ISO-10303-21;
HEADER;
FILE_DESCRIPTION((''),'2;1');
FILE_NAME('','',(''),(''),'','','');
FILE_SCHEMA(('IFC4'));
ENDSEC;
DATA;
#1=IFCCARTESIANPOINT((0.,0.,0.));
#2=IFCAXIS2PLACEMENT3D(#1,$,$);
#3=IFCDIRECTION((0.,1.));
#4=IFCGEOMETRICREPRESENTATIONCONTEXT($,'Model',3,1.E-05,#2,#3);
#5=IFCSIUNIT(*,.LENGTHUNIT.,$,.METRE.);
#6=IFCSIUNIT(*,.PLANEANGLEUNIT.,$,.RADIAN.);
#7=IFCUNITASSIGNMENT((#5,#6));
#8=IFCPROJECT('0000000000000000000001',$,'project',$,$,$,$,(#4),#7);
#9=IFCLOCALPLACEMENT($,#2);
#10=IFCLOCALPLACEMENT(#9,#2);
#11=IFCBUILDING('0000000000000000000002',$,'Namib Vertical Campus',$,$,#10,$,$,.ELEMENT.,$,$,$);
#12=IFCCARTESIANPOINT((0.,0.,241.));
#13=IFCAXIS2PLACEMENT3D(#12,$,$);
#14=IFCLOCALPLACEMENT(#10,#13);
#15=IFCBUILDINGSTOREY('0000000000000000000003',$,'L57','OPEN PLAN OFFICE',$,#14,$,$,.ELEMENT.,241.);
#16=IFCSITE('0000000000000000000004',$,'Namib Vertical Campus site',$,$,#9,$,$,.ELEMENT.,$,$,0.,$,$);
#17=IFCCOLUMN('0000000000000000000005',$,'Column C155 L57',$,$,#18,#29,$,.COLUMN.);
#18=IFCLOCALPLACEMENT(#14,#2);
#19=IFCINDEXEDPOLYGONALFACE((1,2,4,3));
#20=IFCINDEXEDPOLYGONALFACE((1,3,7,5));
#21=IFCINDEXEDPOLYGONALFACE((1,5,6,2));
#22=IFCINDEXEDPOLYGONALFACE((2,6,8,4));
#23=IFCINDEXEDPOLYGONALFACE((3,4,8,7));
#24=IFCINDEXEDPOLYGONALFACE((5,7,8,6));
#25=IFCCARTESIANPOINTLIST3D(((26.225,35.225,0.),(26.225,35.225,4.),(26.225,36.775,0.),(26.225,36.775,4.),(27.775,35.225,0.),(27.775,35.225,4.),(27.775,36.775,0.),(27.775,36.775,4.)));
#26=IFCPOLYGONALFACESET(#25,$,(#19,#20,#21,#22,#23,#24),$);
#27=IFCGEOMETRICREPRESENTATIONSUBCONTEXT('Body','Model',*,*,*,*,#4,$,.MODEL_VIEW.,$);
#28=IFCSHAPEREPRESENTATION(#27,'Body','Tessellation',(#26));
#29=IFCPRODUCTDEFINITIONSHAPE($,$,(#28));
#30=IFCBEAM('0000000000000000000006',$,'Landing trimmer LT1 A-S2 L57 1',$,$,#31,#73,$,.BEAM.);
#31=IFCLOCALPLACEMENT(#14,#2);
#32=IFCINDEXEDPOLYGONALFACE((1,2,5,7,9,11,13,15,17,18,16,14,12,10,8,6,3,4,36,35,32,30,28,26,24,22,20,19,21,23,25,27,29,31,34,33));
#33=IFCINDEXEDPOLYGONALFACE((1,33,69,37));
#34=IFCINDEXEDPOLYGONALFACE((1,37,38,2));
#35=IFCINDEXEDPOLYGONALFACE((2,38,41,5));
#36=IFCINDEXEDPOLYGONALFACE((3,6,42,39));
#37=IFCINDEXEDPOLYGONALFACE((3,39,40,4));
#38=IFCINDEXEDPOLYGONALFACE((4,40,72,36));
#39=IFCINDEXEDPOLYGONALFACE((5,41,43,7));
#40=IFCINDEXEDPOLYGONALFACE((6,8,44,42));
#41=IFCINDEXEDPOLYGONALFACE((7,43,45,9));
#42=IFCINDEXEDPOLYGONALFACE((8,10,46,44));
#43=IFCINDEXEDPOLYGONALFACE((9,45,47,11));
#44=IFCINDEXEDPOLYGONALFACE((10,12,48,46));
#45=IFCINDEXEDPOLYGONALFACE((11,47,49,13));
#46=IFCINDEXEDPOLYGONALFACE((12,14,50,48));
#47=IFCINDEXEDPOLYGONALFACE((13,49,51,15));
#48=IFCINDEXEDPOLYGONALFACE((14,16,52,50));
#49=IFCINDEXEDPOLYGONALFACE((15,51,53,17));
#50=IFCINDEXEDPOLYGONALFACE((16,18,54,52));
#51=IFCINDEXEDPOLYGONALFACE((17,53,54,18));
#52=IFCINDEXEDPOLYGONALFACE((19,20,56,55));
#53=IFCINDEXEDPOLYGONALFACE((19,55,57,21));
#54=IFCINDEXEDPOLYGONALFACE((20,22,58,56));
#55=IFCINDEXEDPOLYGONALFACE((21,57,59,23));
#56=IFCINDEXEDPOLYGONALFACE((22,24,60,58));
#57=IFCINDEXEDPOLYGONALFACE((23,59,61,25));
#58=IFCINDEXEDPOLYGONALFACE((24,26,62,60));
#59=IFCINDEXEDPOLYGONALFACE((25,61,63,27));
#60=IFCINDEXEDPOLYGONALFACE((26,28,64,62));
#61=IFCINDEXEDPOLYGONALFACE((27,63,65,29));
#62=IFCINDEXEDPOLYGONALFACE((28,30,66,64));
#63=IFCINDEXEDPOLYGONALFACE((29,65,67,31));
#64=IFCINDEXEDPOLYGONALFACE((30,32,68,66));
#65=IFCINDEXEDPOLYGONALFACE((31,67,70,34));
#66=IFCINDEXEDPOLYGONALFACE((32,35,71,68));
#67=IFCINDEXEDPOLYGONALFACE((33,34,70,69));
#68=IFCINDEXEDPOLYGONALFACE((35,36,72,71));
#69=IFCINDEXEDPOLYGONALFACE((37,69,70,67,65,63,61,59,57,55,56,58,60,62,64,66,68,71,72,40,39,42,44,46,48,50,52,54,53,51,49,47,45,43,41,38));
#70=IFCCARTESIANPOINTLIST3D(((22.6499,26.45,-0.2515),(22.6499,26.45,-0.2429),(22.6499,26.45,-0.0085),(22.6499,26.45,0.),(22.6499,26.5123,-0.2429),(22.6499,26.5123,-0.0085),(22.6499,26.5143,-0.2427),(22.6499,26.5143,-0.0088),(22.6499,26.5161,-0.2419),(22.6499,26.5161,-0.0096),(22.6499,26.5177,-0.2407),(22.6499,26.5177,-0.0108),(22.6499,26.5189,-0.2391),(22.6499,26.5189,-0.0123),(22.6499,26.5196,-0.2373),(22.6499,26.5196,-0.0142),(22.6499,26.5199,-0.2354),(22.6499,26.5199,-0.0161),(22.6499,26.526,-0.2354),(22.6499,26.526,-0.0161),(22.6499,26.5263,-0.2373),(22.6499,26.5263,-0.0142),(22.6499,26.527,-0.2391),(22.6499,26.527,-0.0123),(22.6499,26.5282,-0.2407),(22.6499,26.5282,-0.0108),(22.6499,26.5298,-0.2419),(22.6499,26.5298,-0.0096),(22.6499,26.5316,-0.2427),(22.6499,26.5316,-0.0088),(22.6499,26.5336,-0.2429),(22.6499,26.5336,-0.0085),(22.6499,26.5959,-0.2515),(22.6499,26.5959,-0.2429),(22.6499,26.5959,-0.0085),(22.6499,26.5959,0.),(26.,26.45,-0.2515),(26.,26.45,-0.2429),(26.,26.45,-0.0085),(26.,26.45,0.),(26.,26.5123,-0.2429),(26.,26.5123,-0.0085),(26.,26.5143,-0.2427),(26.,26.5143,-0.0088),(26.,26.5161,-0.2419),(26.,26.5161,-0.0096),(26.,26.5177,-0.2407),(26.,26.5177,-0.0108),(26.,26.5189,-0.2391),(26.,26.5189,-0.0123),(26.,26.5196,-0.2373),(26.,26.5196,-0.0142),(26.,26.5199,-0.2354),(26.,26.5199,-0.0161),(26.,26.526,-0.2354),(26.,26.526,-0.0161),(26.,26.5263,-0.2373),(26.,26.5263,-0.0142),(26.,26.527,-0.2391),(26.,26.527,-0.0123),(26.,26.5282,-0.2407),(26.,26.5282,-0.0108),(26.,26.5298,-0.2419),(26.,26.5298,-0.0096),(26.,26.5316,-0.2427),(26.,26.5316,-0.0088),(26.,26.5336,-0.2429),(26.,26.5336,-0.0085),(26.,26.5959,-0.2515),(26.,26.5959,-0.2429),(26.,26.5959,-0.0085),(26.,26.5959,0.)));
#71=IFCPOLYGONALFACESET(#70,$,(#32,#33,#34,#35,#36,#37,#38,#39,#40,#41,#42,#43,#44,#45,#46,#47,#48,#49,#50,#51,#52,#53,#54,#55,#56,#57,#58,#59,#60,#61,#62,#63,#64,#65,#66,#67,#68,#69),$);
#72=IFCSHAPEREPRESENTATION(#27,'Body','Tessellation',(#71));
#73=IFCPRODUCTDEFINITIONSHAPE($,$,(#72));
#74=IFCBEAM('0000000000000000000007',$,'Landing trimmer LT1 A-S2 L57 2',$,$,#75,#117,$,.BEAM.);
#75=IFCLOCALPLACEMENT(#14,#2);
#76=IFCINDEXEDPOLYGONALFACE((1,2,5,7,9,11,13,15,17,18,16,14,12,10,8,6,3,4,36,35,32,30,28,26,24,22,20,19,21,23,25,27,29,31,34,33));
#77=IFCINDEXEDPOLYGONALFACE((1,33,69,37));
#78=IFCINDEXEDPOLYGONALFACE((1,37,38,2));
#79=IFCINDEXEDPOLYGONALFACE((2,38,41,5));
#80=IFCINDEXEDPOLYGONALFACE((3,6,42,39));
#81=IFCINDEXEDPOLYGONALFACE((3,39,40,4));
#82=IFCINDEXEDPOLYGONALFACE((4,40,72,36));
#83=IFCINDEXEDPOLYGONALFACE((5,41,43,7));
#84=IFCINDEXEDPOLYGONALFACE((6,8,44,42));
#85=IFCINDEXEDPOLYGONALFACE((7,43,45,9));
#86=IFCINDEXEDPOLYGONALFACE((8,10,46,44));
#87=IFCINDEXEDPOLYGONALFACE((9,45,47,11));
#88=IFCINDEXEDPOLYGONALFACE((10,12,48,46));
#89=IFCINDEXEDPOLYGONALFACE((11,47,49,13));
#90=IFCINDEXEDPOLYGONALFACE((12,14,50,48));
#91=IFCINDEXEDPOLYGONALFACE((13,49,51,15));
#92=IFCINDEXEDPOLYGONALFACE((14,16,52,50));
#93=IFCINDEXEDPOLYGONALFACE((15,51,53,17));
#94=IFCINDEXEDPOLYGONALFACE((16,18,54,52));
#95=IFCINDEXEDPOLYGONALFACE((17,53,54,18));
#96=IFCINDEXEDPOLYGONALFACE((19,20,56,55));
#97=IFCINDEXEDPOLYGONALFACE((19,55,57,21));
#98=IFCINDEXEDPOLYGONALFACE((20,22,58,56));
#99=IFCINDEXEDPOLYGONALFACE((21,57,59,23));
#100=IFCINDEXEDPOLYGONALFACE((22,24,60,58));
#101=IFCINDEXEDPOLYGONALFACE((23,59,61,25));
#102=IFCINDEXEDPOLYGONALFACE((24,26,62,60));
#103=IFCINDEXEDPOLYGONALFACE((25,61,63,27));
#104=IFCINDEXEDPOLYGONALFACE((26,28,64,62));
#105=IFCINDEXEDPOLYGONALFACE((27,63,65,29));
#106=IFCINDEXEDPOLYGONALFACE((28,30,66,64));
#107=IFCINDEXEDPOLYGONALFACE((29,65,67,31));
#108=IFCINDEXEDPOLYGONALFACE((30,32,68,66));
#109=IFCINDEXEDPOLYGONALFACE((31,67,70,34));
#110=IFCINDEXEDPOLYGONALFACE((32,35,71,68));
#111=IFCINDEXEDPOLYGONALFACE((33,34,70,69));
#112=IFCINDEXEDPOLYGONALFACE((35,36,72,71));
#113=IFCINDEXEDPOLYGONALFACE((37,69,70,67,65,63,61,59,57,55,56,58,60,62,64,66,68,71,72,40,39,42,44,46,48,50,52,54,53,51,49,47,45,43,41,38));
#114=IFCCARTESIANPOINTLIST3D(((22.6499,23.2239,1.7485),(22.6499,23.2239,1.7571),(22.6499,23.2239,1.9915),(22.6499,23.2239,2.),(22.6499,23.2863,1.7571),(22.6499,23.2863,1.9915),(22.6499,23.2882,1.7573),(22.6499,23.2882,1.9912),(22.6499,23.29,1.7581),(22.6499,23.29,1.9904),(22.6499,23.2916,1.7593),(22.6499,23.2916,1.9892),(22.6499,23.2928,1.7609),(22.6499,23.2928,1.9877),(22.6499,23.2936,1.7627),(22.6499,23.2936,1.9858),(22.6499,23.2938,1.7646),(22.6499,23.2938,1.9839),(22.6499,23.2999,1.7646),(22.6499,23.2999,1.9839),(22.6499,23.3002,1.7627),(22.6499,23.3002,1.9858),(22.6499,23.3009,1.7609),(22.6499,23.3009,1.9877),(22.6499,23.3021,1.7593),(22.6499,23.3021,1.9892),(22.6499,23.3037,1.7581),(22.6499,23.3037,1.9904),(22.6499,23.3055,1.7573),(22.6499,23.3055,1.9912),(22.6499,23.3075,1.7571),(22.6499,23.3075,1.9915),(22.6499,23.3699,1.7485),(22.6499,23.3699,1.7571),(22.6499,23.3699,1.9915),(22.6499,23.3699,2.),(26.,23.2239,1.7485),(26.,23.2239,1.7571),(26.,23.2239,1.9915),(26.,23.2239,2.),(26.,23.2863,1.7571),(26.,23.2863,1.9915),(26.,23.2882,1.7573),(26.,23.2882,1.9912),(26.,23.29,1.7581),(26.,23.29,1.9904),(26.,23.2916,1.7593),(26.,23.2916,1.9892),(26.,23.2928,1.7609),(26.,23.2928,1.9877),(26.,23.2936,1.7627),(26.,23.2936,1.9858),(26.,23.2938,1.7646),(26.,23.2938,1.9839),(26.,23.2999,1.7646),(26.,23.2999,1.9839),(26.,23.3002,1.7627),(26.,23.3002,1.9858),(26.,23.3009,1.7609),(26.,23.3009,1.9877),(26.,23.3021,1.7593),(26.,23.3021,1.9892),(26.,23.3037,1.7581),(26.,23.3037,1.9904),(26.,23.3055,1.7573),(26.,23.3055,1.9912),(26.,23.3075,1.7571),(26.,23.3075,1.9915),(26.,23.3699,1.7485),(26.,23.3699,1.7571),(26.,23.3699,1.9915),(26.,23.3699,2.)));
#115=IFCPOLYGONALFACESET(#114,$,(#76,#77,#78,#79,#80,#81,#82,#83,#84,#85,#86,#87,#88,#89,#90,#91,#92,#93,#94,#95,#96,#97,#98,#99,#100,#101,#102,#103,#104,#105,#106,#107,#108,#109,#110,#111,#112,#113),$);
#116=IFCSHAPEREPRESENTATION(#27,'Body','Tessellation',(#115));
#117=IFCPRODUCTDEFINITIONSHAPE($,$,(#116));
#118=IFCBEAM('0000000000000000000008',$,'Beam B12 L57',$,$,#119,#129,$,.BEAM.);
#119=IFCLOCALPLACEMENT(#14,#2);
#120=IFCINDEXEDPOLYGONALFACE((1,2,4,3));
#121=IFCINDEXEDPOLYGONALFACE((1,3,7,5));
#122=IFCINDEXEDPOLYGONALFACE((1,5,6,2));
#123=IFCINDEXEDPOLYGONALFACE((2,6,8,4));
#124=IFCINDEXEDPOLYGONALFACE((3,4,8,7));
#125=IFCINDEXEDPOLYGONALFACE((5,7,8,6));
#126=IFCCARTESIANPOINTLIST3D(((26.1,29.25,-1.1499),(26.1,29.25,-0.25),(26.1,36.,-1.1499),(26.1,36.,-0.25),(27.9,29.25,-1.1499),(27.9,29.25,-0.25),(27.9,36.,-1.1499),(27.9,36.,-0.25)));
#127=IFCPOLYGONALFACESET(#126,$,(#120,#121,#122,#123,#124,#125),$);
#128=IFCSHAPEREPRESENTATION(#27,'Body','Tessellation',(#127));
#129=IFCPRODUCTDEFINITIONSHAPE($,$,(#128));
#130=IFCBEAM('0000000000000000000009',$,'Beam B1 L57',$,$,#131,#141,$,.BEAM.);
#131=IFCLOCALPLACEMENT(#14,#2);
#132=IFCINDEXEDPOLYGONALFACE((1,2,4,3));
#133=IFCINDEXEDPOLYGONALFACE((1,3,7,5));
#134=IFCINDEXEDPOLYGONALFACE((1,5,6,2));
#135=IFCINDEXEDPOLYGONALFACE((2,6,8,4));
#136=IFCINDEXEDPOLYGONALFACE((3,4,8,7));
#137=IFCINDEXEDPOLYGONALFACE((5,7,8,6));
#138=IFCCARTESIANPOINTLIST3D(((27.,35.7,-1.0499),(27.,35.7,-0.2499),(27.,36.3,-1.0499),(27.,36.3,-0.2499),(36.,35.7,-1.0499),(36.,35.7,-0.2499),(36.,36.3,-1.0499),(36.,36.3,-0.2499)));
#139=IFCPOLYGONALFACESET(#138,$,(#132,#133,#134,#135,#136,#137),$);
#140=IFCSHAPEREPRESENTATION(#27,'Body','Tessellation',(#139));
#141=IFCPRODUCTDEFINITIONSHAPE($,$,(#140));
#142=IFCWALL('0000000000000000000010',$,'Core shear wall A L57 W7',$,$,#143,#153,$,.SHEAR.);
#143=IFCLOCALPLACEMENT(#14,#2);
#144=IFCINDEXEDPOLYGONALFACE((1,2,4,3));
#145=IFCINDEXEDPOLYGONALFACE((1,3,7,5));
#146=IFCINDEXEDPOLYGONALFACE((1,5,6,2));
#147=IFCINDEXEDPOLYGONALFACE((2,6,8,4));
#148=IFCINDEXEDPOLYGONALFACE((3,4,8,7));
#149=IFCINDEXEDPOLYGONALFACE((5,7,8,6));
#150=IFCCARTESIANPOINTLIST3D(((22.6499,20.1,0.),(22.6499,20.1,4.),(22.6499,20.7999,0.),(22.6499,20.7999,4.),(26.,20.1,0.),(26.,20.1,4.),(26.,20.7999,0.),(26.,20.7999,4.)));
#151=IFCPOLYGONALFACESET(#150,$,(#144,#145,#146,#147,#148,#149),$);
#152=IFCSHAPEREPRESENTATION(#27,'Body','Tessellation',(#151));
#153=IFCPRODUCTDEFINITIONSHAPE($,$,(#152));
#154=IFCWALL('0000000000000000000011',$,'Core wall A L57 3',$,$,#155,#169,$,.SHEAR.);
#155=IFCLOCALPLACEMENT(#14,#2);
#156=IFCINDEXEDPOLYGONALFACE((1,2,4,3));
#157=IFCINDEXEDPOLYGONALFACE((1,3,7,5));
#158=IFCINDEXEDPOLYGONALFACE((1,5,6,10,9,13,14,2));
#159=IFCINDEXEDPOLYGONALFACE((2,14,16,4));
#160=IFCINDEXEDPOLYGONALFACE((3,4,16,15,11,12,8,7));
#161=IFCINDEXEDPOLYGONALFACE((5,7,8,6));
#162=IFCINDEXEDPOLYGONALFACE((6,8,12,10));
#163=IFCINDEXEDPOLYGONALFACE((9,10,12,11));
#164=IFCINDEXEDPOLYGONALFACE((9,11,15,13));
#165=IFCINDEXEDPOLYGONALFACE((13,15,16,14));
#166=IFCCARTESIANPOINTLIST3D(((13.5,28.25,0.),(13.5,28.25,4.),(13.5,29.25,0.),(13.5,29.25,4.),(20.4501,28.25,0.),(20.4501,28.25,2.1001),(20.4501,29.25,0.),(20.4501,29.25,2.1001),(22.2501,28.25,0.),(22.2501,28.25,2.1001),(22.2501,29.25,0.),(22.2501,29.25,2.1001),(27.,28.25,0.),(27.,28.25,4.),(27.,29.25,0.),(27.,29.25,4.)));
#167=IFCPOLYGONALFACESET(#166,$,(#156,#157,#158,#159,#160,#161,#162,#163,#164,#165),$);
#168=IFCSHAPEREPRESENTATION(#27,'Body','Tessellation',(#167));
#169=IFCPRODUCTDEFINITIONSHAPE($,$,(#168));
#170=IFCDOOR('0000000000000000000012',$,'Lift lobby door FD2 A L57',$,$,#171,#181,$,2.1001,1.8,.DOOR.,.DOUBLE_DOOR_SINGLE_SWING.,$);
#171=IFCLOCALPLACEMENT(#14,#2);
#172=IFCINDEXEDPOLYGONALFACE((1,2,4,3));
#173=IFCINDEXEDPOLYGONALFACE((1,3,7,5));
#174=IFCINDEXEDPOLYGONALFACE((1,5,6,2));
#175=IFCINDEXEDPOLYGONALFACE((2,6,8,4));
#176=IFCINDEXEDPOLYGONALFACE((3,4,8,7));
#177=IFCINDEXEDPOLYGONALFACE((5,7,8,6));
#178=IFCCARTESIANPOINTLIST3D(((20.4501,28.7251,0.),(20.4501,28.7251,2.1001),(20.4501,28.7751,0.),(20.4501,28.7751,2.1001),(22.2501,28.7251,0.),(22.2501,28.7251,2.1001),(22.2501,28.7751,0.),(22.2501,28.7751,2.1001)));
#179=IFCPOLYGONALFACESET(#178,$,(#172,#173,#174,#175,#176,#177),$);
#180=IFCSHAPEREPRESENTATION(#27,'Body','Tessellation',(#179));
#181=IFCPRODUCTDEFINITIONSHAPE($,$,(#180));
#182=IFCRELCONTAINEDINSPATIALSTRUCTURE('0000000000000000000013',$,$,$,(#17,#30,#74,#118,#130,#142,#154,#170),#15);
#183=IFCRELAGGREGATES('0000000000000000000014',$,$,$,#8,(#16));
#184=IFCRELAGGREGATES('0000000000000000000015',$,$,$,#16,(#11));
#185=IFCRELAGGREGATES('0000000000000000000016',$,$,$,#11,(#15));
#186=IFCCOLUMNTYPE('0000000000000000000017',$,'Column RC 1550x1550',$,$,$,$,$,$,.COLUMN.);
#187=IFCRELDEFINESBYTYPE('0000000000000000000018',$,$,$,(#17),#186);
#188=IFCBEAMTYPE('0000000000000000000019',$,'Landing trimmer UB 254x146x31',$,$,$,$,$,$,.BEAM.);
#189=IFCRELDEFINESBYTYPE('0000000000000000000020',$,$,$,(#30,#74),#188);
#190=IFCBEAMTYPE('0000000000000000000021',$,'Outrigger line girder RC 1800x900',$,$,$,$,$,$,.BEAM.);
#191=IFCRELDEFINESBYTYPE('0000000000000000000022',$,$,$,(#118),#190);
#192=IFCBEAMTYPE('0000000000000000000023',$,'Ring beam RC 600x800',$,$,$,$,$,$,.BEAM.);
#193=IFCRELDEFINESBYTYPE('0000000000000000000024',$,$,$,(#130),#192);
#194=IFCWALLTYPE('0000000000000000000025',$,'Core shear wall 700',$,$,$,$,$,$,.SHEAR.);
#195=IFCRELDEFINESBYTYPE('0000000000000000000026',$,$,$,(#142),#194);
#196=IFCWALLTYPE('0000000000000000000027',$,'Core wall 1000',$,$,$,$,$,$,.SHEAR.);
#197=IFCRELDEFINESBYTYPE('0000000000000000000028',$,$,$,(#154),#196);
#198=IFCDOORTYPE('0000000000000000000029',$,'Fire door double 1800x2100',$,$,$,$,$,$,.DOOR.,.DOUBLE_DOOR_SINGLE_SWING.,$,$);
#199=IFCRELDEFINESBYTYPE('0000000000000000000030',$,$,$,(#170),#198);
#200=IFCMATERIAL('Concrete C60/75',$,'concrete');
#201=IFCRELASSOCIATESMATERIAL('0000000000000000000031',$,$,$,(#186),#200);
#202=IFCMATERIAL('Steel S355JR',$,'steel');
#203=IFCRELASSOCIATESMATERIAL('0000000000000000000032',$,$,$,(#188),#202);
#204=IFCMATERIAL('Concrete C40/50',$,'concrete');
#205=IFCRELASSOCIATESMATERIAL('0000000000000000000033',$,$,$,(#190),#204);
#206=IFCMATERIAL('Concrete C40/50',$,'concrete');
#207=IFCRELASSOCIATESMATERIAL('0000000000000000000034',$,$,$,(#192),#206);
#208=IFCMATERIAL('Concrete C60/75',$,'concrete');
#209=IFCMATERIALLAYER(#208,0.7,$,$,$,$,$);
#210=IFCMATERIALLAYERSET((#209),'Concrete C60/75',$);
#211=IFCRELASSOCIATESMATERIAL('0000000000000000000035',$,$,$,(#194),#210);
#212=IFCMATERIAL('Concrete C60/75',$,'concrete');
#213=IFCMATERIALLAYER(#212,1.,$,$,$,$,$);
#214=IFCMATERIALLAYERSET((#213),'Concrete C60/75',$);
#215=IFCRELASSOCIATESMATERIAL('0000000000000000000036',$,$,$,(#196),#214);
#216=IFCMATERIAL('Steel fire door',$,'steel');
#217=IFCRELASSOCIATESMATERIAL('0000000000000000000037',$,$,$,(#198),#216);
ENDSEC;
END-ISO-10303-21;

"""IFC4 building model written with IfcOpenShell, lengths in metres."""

from ifc_helpers import new_model, si_unit, direction, frame, frame_2d, origin, origin_2d, place, context, subcontext, project, spatial, rectangle, i_section, extrude, material, layer, layer_set, material_profile, profile_set, type_object, element, fill, save


model = new_model("IFC4")

# Units and contexts
model_context = context("Model", 3, precision=1e-05, world=origin(), true_north=direction((0.0, 1.0)))
body_context = subcontext(model_context, "Body", "Model", "MODEL_VIEW")
ifc_project = project(units=[si_unit("LENGTHUNIT", "METRE"), si_unit("PLANEANGLEUNIT", "RADIAN")], contexts=[model_context])

# Site, building, storey
site_placement = place(None, origin())
site = spatial("IfcSite", under=ifc_project, at=site_placement, Name="Namib Vertical Campus site", CompositionType="ELEMENT", RefElevation=0.0)
building_placement = place(site_placement, origin())
building = spatial("IfcBuilding", under=site, at=building_placement, Name="Namib Vertical Campus", CompositionType="ELEMENT")
storey_placement = place(building_placement, frame((0.0, 0.0, 241.0)))
storey = spatial("IfcBuildingStorey", under=building, at=storey_placement, Name="L57", Description="OPEN PLAN OFFICE", CompositionType="ELEMENT", Elevation=241.0)

# Column
ifc_material_1 = material(Name="Concrete C60/75", Category="concrete")
ifc_material_profile_1 = material_profile(ifc_material_1, rectangle(XDim=1.55, YDim=1.55, at=origin_2d()))
ifc_profile_set_1 = profile_set([ifc_material_profile_1], Name="Concrete C60/75")
column_type = type_object("IfcColumnType", Name="Column RC 1550x1550", PredefinedType="COLUMN", material=ifc_profile_set_1)
column_placement = place(storey_placement, frame((27.0, 36.0, 0.0), z_axis=(0.0, 0.0, 1.0), x_axis=(1.0, 0.0, 0.0)))
element("IfcColumn", 1, at=column_placement, inside=storey, type_object=column_type, Name="Column C155 L57", PredefinedType="COLUMN", context=body_context, shape_type="SweptSolid", body=[
    extrude(rectangle(XDim=1.55, YDim=1.55, at=origin_2d()), origin(), (0.0, 0.0, 1.0), 4.0),
])

# Beams
ifc_material_2 = material(Name="Steel S355JR", Category="steel")
ifc_material_profile_2 = material_profile(ifc_material_2, i_section(OverallWidth=0.146, OverallDepth=0.2515, WebThickness=0.0061, FlangeThickness=0.0085, FilletRadius=0.0076, at=origin_2d()))
ifc_profile_set_2 = profile_set([ifc_material_profile_2], Name="Steel S355JR")
beam_type_1 = type_object("IfcBeamType", Name="Landing trimmer UB 254x146x31", PredefinedType="BEAM", material=ifc_profile_set_2)
for number, where, z_axis, x_axis, name in (
    (2, (22.6499, 26.5229, -0.1257), (1.0, 0.0, 0.0), (0.0, 1.0, 0.0), "Landing trimmer LT1 A-S2 L57 1"),
    (3, (22.6499, 23.2969, 1.8743), (1.0, 0.0, 0.0), (0.0, 1.0, 0.0), "Landing trimmer LT1 A-S2 L57 2"),
):
    element("IfcBeam", number, at=place(storey_placement, frame(where, z_axis=z_axis, x_axis=x_axis)), inside=storey, type_object=beam_type_1, Name=name, PredefinedType="BEAM", context=body_context, shape_type="SweptSolid", body=[
        extrude(i_section(OverallWidth=0.146, OverallDepth=0.2515, WebThickness=0.0061, FlangeThickness=0.0085, FilletRadius=0.0076, at=origin_2d()), origin(), (0.0, 0.0, 1.0), 3.3501),
    ])
ifc_material_3 = material(Name="Concrete C40/50", Category="concrete")
ifc_material_profile_3 = material_profile(ifc_material_3, rectangle(XDim=1.8, YDim=0.8999, at=origin_2d()))
ifc_profile_set_3 = profile_set([ifc_material_profile_3], Name="Concrete C40/50")
beam_type_2 = type_object("IfcBeamType", Name="Outrigger line girder RC 1800x900", PredefinedType="BEAM", material=ifc_profile_set_3)
beam_1_placement = place(storey_placement, frame((27.0, 36.0, -0.7), z_axis=(0.0, -1.0, 0.0), x_axis=(1.0, 0.0, 0.0)))
element("IfcBeam", 4, at=beam_1_placement, inside=storey, type_object=beam_type_2, Name="Beam B12 L57", PredefinedType="BEAM", context=body_context, shape_type="SweptSolid", body=[
    extrude(rectangle(XDim=1.8, YDim=0.8999, at=origin_2d()), origin(), (0.0, 0.0, 1.0), 6.75),
])
ifc_material_4 = material(Name="Concrete C40/50", Category="concrete")
ifc_material_profile_4 = material_profile(ifc_material_4, rectangle(XDim=0.6001, YDim=0.8, at=origin_2d()))
ifc_profile_set_4 = profile_set([ifc_material_profile_4], Name="Concrete C40/50")
beam_type_3 = type_object("IfcBeamType", Name="Ring beam RC 600x800", PredefinedType="BEAM", material=ifc_profile_set_4)
beam_2_placement = place(storey_placement, frame((27.0, 36.0, -0.6499), z_axis=(1.0, 0.0, 0.0), x_axis=(0.0, 1.0, 0.0)))
element("IfcBeam", 5, at=beam_2_placement, inside=storey, type_object=beam_type_3, Name="Beam B1 L57", PredefinedType="BEAM", context=body_context, shape_type="SweptSolid", body=[
    extrude(rectangle(XDim=0.6001, YDim=0.8, at=origin_2d()), origin(), (0.0, 0.0, 1.0), 9.0),
])

# Wall
ifc_material_5 = material(Name="Concrete C60/75", Category="concrete")
ifc_layer_1 = layer(ifc_material_5, 0.7)
ifc_layer_set_1 = layer_set([ifc_layer_1], Name="Concrete C60/75")
wall_type_1 = type_object("IfcWallType", Name="Core shear wall 700", PredefinedType="SHEAR", material=ifc_layer_set_1)
wall_1_placement = place(storey_placement, frame((22.6499, 20.45, 0.0), z_axis=(0.0, 0.0, 1.0), x_axis=(1.0, 0.0, 0.0)))
element("IfcWall", 6, at=wall_1_placement, inside=storey, type_object=wall_type_1, Name="Core shear wall A L57 W7", PredefinedType="SHEAR", context=body_context, shape_type="SweptSolid", body=[
    extrude(rectangle(XDim=3.3501, YDim=0.7, at=frame_2d((1.675, 0.0))), origin(), (0.0, 0.0, 1.0), 4.0),
])

# Wall, opening, door
ifc_material_6 = material(Name="Concrete C60/75", Category="concrete")
ifc_layer_2 = layer(ifc_material_6, 1.0)
ifc_layer_set_2 = layer_set([ifc_layer_2], Name="Concrete C60/75")
wall_type_2 = type_object("IfcWallType", Name="Core wall 1000", PredefinedType="SHEAR", material=ifc_layer_set_2)
wall_2_placement = place(storey_placement, frame((27.0, 28.75, 0.0), z_axis=(0.0, 0.0, 1.0), x_axis=(-1.0, 0.0, 0.0)))
wall_2 = element("IfcWall", 7, at=wall_2_placement, inside=storey, type_object=wall_type_2, Name="Core wall A L57 3", PredefinedType="SHEAR", context=body_context, shape_type="SweptSolid", body=[
    extrude(rectangle(XDim=13.5, YDim=1.0, at=frame_2d((6.75, 0.0))), origin(), (0.0, 0.0, 1.0), 4.0),
])
opening_1_placement = place(wall_2_placement, frame((4.75, 0.0, 0.0)))
opening_1 = element("IfcOpeningElement", 8, at=opening_1_placement, cuts=wall_2, PredefinedType="OPENING", context=body_context, shape_type="SweptSolid", body=[
    extrude(rectangle(XDim=1.8, YDim=2.1001, at=frame_2d((0.8999, 1.05))), frame((0.0, 0.51, 0.0), z_axis=(0.0, -1.0, 0.0), x_axis=(1.0, 0.0, 0.0)), (0.0, 0.0, 1.0), 1.02),
])
ifc_material_7 = material(Name="Steel fire door", Category="steel")
door_type_1 = type_object("IfcDoorType", Name="Fire door double 1800x2100", OperationType="DOUBLE_DOOR_SINGLE_SWING", PredefinedType="DOOR", material=ifc_material_7)
door_1_placement = place(opening_1_placement, origin())
door_1 = element("IfcDoor", 9, at=door_1_placement, inside=storey, type_object=door_type_1, Name="Lift lobby door FD2 A L57", OperationType="DOUBLE_DOOR_SINGLE_SWING", OverallHeight=2.1001, OverallWidth=1.8, PredefinedType="DOOR", context=body_context, shape_type="SweptSolid", body=[
    extrude(rectangle(XDim=1.8, YDim=2.1001, at=frame_2d((0.8999, 1.05))), frame((0.0, 0.0249, 0.0), z_axis=(0.0, -1.0, 0.0), x_axis=(1.0, 0.0, 0.0)), (0.0, 0.0, 1.0), 0.05),
])
fill(opening_1, door_1)

save(model, "model.ifc")
